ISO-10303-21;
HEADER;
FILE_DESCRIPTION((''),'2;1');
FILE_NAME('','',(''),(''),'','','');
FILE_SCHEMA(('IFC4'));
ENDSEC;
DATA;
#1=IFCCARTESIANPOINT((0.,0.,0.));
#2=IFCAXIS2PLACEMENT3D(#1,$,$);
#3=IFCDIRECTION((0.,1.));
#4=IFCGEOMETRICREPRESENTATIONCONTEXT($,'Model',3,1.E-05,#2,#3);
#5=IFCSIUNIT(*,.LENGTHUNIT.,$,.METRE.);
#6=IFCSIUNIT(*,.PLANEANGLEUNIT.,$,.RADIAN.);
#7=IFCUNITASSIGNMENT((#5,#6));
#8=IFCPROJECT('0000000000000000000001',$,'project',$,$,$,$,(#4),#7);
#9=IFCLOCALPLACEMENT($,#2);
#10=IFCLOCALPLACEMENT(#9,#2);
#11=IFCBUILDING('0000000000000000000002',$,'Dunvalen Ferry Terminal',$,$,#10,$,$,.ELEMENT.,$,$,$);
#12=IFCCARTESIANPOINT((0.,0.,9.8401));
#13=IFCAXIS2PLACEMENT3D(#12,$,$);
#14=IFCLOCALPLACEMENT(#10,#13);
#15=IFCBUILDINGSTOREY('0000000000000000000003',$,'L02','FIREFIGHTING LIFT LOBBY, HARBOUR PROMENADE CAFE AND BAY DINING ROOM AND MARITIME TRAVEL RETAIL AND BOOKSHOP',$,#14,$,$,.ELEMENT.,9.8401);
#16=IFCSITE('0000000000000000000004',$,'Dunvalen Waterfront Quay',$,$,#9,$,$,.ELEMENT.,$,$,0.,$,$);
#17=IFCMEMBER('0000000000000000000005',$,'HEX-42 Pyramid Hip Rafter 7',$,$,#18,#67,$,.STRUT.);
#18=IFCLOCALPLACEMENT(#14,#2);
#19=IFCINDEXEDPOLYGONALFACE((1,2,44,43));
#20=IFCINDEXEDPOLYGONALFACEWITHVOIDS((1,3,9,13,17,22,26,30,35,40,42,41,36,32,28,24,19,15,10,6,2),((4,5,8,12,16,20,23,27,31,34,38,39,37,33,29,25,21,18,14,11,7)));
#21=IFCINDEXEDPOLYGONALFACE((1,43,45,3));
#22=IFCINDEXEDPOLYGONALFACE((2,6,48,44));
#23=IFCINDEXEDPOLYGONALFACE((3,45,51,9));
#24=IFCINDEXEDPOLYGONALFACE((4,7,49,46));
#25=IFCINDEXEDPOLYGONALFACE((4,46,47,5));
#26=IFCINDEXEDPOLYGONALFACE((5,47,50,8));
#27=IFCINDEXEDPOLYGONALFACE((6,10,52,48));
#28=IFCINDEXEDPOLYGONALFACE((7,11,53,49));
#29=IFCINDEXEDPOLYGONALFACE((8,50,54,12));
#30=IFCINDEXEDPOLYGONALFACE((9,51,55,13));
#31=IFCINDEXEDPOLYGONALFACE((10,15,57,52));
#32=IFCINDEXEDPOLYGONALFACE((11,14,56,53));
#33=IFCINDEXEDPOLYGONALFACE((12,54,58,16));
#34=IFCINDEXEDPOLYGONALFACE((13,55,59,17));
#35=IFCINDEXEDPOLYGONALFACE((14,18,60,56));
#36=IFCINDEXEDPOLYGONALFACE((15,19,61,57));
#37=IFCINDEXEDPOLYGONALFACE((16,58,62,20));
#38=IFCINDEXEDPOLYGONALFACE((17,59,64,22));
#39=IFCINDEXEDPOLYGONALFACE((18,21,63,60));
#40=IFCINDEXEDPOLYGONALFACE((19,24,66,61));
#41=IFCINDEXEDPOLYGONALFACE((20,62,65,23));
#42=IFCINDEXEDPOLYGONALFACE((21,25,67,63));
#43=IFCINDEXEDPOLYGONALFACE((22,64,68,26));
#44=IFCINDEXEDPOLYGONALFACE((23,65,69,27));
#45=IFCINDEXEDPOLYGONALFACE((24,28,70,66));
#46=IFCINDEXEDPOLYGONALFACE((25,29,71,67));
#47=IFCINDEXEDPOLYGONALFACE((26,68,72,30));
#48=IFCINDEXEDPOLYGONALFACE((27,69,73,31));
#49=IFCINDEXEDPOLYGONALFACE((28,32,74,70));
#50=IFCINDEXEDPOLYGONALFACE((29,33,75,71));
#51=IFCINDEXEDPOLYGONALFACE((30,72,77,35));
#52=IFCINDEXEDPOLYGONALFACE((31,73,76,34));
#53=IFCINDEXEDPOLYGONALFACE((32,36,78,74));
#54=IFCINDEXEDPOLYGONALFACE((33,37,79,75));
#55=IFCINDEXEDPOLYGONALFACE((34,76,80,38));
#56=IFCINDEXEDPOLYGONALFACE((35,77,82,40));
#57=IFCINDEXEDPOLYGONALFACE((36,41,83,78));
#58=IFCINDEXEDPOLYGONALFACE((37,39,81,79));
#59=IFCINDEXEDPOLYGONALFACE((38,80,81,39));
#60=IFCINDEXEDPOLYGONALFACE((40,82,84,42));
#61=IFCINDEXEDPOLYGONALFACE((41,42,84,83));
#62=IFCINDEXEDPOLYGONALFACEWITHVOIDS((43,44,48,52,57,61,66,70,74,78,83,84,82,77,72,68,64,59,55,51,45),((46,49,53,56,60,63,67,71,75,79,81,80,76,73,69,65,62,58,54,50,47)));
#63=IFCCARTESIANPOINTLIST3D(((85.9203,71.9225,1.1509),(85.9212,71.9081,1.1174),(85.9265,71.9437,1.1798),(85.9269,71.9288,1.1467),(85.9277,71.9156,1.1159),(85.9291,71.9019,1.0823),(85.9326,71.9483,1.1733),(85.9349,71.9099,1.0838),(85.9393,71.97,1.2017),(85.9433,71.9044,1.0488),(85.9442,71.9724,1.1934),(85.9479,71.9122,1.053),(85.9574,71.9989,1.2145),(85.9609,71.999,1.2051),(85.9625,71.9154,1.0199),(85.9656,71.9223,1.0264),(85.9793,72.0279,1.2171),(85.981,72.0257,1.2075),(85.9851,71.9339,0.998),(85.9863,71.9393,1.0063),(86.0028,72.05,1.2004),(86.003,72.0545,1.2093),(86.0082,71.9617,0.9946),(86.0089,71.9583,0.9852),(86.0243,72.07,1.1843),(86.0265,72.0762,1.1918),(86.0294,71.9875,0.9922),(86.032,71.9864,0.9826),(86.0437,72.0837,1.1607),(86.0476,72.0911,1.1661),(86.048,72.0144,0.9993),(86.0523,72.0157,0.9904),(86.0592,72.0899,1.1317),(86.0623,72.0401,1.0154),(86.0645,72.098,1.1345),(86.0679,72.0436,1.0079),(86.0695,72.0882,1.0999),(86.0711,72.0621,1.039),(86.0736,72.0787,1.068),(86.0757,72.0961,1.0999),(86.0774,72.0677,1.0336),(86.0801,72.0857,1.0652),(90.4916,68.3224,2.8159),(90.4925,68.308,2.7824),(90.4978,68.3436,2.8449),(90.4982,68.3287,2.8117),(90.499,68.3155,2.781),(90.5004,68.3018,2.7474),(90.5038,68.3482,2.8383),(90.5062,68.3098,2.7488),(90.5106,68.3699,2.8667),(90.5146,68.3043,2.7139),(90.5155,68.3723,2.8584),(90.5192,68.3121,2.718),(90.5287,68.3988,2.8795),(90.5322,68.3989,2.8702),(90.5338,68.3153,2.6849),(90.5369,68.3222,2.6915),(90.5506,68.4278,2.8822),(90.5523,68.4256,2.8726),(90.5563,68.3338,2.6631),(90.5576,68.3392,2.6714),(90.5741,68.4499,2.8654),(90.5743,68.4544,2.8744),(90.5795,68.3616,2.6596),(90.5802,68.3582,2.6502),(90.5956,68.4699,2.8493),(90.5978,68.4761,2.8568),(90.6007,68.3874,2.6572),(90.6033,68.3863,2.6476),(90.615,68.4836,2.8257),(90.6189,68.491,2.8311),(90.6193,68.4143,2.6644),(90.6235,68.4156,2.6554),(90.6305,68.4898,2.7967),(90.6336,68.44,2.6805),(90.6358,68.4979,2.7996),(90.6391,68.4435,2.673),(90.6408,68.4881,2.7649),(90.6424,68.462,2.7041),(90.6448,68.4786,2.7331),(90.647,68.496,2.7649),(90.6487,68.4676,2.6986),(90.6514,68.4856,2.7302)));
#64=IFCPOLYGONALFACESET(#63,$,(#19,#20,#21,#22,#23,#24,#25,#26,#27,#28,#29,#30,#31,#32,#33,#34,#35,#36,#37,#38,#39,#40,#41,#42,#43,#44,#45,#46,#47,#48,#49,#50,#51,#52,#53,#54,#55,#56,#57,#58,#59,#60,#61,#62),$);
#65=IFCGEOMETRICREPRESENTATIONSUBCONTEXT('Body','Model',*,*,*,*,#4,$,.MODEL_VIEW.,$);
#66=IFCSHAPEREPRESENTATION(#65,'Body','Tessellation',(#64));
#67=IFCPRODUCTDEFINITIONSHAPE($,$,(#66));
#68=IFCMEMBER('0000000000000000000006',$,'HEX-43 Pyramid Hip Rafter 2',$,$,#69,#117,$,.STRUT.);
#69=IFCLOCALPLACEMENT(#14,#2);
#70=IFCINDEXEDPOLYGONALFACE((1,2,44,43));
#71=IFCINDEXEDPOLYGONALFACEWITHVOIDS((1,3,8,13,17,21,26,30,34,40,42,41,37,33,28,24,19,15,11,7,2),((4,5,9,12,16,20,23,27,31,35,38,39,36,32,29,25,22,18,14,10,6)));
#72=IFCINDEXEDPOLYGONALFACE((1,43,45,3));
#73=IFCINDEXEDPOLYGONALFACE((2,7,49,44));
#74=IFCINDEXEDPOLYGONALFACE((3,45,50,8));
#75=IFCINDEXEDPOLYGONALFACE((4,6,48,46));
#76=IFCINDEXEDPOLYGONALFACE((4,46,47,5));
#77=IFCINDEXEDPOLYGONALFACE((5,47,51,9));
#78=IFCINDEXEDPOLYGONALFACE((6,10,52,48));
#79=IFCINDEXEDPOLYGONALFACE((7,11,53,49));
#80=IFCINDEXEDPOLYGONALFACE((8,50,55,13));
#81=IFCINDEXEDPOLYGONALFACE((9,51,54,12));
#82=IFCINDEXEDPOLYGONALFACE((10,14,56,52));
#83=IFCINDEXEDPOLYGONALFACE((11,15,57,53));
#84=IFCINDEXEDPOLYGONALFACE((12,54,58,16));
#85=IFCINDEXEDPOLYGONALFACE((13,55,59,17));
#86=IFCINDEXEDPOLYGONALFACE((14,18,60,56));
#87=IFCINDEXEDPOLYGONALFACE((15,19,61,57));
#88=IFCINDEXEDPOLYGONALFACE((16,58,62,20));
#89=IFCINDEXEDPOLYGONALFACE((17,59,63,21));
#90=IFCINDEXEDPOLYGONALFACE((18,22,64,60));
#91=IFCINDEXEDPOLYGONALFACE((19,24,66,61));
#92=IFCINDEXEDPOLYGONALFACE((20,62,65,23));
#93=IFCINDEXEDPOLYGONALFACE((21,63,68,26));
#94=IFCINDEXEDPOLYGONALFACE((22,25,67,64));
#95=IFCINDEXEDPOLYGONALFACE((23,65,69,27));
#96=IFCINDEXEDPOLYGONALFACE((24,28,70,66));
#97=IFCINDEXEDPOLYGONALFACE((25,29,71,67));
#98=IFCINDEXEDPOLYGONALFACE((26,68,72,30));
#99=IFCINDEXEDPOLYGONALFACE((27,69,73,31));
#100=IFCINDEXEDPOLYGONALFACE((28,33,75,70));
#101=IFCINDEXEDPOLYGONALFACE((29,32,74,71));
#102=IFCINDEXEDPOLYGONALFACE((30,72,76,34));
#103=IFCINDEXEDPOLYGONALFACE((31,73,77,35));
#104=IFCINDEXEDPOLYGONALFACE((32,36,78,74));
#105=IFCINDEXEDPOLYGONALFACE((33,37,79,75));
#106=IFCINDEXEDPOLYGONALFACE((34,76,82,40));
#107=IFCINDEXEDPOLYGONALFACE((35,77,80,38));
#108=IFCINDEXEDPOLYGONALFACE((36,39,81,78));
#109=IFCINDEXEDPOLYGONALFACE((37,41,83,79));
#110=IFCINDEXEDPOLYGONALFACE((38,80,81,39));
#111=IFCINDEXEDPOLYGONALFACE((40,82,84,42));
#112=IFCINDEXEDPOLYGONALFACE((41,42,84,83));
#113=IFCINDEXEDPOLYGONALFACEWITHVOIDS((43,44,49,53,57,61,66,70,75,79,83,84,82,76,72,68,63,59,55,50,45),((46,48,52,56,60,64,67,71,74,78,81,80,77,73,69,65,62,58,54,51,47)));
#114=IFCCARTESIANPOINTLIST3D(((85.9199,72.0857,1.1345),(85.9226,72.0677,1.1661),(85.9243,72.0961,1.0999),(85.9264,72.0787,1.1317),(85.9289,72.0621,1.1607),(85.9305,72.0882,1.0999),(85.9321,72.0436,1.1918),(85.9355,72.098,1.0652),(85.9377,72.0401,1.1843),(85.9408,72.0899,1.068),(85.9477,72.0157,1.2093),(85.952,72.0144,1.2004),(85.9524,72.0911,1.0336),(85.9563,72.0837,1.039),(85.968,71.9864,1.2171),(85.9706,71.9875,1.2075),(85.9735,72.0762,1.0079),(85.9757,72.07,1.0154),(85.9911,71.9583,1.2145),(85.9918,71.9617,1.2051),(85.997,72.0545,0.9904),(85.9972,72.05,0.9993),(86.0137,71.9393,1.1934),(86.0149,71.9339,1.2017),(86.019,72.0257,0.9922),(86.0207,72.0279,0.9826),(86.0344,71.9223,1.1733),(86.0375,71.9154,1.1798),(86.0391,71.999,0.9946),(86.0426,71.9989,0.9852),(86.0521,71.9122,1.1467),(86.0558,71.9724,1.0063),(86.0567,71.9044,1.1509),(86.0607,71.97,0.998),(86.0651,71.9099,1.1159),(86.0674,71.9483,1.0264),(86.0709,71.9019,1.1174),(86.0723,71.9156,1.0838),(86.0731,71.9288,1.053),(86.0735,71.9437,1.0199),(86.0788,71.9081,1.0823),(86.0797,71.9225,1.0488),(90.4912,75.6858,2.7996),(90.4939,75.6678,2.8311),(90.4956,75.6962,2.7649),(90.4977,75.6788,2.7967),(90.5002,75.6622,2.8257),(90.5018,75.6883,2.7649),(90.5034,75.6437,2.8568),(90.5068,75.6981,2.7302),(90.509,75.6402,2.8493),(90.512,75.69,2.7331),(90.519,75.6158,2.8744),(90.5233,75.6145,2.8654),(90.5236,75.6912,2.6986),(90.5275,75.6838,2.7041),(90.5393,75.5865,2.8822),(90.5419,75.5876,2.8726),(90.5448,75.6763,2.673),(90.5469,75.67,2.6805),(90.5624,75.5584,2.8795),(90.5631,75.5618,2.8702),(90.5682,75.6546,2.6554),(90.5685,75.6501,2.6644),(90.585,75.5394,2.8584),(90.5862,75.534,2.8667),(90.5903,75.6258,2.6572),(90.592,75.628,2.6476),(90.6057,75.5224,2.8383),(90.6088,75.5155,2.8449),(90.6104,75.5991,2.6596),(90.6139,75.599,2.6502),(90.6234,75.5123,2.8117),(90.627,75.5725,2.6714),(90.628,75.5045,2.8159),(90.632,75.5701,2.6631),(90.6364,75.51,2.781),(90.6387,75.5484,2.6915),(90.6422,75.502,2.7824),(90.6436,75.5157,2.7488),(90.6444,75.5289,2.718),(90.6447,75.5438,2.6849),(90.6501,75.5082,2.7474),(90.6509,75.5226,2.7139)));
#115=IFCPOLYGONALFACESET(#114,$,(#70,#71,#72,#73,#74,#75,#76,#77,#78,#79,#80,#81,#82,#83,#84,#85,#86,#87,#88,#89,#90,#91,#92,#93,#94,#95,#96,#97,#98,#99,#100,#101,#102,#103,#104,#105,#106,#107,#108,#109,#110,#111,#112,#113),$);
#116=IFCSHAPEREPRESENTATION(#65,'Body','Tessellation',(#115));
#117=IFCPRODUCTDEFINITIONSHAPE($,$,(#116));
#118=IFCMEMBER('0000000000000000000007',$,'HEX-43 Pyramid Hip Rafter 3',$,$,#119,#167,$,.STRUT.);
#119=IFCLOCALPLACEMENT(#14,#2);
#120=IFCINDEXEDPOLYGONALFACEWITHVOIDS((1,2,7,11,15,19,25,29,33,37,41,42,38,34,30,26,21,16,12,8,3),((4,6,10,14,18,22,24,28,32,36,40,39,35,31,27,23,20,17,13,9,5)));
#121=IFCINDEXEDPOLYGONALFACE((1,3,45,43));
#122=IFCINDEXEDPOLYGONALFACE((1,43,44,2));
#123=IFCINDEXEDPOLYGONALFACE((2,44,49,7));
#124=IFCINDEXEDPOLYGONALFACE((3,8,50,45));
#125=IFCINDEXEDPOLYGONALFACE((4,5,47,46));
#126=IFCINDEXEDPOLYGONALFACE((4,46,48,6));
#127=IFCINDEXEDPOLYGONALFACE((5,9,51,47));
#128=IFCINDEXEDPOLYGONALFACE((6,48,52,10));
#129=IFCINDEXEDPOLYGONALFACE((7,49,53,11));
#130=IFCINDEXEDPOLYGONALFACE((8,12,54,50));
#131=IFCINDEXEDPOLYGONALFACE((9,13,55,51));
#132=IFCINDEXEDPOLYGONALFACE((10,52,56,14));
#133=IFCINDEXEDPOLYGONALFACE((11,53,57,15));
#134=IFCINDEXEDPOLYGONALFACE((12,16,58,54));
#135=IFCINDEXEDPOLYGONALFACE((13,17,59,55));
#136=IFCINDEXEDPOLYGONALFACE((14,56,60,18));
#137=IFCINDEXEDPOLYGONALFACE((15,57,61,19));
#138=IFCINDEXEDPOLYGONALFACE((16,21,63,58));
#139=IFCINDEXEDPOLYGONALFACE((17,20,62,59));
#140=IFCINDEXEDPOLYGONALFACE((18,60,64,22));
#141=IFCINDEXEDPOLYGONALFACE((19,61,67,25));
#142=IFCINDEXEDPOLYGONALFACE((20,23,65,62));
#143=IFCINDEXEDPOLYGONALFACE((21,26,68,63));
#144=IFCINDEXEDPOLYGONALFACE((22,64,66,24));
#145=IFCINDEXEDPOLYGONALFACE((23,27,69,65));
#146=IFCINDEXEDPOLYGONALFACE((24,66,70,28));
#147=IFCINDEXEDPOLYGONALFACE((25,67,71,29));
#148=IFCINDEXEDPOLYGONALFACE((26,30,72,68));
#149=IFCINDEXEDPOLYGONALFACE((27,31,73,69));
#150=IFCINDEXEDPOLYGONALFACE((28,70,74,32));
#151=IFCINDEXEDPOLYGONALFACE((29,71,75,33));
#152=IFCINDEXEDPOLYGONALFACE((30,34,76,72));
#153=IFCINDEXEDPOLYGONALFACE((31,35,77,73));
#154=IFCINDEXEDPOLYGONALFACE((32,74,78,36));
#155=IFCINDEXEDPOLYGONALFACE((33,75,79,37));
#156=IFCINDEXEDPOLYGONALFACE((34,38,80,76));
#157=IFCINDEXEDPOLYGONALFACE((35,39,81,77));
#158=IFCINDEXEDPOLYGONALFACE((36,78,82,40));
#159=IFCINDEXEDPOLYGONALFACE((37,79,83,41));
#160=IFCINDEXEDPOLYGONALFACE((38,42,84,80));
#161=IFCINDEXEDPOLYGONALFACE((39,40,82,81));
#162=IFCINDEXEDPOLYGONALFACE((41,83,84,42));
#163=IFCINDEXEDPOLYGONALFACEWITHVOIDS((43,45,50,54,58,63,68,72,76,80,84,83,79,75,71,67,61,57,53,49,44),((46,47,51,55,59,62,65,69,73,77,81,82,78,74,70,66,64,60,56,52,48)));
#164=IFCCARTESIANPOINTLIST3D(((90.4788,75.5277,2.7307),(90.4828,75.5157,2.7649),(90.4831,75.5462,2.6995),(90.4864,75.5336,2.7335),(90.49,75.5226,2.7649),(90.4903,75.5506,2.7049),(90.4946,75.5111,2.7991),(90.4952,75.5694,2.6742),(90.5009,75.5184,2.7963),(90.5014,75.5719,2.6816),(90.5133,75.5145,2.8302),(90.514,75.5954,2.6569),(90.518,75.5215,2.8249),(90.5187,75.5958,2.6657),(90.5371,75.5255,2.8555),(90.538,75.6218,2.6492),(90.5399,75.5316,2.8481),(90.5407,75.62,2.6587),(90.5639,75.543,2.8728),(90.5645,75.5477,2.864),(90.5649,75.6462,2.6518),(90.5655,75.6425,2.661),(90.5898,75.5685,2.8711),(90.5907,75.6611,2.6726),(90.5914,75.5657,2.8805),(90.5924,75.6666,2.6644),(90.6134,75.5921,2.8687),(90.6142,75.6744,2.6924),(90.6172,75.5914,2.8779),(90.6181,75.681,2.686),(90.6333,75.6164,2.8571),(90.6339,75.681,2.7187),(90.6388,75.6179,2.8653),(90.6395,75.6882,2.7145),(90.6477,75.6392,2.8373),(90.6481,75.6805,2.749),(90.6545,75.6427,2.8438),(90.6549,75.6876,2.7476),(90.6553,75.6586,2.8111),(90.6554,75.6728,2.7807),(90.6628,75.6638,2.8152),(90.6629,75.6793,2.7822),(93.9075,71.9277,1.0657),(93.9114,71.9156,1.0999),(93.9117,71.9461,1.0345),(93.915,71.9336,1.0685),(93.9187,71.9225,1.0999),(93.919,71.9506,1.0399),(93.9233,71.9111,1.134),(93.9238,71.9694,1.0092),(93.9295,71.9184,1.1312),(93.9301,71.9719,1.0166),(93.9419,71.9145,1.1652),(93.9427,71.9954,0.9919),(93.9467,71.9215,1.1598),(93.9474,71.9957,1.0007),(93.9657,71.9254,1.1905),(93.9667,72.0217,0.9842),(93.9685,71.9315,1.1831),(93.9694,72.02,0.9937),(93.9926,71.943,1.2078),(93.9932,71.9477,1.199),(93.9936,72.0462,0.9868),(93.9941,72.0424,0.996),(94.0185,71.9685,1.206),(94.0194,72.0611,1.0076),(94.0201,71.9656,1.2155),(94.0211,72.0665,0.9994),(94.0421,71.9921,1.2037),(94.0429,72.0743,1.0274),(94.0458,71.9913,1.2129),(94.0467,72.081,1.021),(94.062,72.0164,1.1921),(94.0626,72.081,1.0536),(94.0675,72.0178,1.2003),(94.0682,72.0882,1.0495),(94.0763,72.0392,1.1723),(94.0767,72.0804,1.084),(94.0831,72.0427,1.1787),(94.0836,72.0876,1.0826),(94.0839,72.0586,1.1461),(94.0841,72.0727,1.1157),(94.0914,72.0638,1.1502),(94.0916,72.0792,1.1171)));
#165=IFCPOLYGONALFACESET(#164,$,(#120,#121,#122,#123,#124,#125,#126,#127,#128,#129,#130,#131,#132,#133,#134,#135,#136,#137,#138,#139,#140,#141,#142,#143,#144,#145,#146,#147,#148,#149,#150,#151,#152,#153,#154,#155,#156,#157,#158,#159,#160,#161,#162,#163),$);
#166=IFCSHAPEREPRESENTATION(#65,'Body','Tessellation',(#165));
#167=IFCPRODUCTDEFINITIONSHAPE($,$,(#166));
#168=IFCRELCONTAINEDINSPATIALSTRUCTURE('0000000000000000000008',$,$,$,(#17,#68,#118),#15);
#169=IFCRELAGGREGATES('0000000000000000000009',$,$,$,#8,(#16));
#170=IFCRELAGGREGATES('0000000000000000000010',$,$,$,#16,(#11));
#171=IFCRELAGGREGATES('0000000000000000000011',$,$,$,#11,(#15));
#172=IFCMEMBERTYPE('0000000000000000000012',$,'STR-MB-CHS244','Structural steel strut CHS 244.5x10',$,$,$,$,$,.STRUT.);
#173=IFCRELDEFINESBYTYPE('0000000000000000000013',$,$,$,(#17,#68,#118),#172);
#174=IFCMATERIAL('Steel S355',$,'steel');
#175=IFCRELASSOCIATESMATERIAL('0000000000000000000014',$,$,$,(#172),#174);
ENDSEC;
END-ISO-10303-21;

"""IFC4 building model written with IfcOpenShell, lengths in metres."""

from ifc_helpers import new_model, si_unit, direction, frame, origin, origin_2d, place, context, subcontext, project, spatial, hollow_circle, extrude, material, material_profile, profile_set, type_object, element, save


model = new_model("IFC4")

# Units and contexts
model_context = context("Model", 3, precision=1e-05, world=origin(), true_north=direction((0.0, 1.0)))
body_context = subcontext(model_context, "Body", "Model", "MODEL_VIEW")
ifc_project = project(units=[si_unit("LENGTHUNIT", "METRE"), si_unit("PLANEANGLEUNIT", "RADIAN")], contexts=[model_context])

# Site, building, storey
site_placement = place(None, origin())
site = spatial("IfcSite", under=ifc_project, at=site_placement, Name="Dunvalen Waterfront Quay", CompositionType="ELEMENT", RefElevation=0.0)
building_placement = place(site_placement, origin())
building = spatial("IfcBuilding", under=site, at=building_placement, Name="Dunvalen Ferry Terminal", CompositionType="ELEMENT")
storey_placement = place(building_placement, frame((0.0, 0.0, 9.8401)))
storey = spatial("IfcBuildingStorey", under=building, at=storey_placement, Name="L02", Description="FIREFIGHTING LIFT LOBBY, HARBOUR PROMENADE CAFE AND BAY DINING ROOM AND MARITIME TRAVEL RETAIL AND BOOKSHOP", CompositionType="ELEMENT", Elevation=9.8401)

# Shared definitions
ifc_material_1 = material(Name="Steel S355", Category="steel")

# Members
ifc_material_profile_1 = material_profile(ifc_material_1, hollow_circle(Radius=0.1223, WallThickness=0.01, at=origin_2d()), Name="Steel S355")
ifc_profile_set_1 = profile_set([ifc_material_profile_1], Name="Steel S355")
member_type_1 = type_object("IfcMemberType", Name="STR-MB-CHS244", Description="Structural steel strut CHS 244.5x10", PredefinedType="STRUT", material=ifc_profile_set_1)
for number, where, z_axis, x_axis, name in (
    (1, (86.0, 72.0, 1.0999), (0.755304, -0.594836, 0.275111), (0.618711, 0.785619, 0.0), "HEX-42 Pyramid Hip Rafter 7"),
    (2, (86.0, 72.0, 1.0999), (0.755304, 0.594836, 0.275111), (-0.618711, 0.785619, 0.0), "HEX-43 Pyramid Hip Rafter 2"),
):
    element("IfcMember", number, at=place(storey_placement, frame(where, z_axis=z_axis, x_axis=x_axis)), inside=storey, type_object=member_type_1, Name=name, PredefinedType="STRUT", context=body_context, shape_type="SweptSolid", body=[
        extrude(hollow_circle(Radius=0.1223, WallThickness=0.01, at=origin_2d()), origin(), (0.0, 0.0, 1.0), 6.0522),
    ])
member_1_placement = place(storey_placement, frame((94.0, 72.0, 1.0999), z_axis=(-0.653959, 0.686648, 0.317573), x_axis=(-0.724133, -0.68966, 0.0)))
element("IfcMember", 3, at=member_1_placement, inside=storey, type_object=member_type_1, Name="HEX-43 Pyramid Hip Rafter 3", PredefinedType="STRUT", context=body_context, shape_type="SweptSolid", body=[
    extrude(hollow_circle(Radius=0.1223, WallThickness=0.01, at=origin_2d()), origin(), (0.0, 0.0, 1.0), 5.2429),
])

save(model, "model.ifc")
